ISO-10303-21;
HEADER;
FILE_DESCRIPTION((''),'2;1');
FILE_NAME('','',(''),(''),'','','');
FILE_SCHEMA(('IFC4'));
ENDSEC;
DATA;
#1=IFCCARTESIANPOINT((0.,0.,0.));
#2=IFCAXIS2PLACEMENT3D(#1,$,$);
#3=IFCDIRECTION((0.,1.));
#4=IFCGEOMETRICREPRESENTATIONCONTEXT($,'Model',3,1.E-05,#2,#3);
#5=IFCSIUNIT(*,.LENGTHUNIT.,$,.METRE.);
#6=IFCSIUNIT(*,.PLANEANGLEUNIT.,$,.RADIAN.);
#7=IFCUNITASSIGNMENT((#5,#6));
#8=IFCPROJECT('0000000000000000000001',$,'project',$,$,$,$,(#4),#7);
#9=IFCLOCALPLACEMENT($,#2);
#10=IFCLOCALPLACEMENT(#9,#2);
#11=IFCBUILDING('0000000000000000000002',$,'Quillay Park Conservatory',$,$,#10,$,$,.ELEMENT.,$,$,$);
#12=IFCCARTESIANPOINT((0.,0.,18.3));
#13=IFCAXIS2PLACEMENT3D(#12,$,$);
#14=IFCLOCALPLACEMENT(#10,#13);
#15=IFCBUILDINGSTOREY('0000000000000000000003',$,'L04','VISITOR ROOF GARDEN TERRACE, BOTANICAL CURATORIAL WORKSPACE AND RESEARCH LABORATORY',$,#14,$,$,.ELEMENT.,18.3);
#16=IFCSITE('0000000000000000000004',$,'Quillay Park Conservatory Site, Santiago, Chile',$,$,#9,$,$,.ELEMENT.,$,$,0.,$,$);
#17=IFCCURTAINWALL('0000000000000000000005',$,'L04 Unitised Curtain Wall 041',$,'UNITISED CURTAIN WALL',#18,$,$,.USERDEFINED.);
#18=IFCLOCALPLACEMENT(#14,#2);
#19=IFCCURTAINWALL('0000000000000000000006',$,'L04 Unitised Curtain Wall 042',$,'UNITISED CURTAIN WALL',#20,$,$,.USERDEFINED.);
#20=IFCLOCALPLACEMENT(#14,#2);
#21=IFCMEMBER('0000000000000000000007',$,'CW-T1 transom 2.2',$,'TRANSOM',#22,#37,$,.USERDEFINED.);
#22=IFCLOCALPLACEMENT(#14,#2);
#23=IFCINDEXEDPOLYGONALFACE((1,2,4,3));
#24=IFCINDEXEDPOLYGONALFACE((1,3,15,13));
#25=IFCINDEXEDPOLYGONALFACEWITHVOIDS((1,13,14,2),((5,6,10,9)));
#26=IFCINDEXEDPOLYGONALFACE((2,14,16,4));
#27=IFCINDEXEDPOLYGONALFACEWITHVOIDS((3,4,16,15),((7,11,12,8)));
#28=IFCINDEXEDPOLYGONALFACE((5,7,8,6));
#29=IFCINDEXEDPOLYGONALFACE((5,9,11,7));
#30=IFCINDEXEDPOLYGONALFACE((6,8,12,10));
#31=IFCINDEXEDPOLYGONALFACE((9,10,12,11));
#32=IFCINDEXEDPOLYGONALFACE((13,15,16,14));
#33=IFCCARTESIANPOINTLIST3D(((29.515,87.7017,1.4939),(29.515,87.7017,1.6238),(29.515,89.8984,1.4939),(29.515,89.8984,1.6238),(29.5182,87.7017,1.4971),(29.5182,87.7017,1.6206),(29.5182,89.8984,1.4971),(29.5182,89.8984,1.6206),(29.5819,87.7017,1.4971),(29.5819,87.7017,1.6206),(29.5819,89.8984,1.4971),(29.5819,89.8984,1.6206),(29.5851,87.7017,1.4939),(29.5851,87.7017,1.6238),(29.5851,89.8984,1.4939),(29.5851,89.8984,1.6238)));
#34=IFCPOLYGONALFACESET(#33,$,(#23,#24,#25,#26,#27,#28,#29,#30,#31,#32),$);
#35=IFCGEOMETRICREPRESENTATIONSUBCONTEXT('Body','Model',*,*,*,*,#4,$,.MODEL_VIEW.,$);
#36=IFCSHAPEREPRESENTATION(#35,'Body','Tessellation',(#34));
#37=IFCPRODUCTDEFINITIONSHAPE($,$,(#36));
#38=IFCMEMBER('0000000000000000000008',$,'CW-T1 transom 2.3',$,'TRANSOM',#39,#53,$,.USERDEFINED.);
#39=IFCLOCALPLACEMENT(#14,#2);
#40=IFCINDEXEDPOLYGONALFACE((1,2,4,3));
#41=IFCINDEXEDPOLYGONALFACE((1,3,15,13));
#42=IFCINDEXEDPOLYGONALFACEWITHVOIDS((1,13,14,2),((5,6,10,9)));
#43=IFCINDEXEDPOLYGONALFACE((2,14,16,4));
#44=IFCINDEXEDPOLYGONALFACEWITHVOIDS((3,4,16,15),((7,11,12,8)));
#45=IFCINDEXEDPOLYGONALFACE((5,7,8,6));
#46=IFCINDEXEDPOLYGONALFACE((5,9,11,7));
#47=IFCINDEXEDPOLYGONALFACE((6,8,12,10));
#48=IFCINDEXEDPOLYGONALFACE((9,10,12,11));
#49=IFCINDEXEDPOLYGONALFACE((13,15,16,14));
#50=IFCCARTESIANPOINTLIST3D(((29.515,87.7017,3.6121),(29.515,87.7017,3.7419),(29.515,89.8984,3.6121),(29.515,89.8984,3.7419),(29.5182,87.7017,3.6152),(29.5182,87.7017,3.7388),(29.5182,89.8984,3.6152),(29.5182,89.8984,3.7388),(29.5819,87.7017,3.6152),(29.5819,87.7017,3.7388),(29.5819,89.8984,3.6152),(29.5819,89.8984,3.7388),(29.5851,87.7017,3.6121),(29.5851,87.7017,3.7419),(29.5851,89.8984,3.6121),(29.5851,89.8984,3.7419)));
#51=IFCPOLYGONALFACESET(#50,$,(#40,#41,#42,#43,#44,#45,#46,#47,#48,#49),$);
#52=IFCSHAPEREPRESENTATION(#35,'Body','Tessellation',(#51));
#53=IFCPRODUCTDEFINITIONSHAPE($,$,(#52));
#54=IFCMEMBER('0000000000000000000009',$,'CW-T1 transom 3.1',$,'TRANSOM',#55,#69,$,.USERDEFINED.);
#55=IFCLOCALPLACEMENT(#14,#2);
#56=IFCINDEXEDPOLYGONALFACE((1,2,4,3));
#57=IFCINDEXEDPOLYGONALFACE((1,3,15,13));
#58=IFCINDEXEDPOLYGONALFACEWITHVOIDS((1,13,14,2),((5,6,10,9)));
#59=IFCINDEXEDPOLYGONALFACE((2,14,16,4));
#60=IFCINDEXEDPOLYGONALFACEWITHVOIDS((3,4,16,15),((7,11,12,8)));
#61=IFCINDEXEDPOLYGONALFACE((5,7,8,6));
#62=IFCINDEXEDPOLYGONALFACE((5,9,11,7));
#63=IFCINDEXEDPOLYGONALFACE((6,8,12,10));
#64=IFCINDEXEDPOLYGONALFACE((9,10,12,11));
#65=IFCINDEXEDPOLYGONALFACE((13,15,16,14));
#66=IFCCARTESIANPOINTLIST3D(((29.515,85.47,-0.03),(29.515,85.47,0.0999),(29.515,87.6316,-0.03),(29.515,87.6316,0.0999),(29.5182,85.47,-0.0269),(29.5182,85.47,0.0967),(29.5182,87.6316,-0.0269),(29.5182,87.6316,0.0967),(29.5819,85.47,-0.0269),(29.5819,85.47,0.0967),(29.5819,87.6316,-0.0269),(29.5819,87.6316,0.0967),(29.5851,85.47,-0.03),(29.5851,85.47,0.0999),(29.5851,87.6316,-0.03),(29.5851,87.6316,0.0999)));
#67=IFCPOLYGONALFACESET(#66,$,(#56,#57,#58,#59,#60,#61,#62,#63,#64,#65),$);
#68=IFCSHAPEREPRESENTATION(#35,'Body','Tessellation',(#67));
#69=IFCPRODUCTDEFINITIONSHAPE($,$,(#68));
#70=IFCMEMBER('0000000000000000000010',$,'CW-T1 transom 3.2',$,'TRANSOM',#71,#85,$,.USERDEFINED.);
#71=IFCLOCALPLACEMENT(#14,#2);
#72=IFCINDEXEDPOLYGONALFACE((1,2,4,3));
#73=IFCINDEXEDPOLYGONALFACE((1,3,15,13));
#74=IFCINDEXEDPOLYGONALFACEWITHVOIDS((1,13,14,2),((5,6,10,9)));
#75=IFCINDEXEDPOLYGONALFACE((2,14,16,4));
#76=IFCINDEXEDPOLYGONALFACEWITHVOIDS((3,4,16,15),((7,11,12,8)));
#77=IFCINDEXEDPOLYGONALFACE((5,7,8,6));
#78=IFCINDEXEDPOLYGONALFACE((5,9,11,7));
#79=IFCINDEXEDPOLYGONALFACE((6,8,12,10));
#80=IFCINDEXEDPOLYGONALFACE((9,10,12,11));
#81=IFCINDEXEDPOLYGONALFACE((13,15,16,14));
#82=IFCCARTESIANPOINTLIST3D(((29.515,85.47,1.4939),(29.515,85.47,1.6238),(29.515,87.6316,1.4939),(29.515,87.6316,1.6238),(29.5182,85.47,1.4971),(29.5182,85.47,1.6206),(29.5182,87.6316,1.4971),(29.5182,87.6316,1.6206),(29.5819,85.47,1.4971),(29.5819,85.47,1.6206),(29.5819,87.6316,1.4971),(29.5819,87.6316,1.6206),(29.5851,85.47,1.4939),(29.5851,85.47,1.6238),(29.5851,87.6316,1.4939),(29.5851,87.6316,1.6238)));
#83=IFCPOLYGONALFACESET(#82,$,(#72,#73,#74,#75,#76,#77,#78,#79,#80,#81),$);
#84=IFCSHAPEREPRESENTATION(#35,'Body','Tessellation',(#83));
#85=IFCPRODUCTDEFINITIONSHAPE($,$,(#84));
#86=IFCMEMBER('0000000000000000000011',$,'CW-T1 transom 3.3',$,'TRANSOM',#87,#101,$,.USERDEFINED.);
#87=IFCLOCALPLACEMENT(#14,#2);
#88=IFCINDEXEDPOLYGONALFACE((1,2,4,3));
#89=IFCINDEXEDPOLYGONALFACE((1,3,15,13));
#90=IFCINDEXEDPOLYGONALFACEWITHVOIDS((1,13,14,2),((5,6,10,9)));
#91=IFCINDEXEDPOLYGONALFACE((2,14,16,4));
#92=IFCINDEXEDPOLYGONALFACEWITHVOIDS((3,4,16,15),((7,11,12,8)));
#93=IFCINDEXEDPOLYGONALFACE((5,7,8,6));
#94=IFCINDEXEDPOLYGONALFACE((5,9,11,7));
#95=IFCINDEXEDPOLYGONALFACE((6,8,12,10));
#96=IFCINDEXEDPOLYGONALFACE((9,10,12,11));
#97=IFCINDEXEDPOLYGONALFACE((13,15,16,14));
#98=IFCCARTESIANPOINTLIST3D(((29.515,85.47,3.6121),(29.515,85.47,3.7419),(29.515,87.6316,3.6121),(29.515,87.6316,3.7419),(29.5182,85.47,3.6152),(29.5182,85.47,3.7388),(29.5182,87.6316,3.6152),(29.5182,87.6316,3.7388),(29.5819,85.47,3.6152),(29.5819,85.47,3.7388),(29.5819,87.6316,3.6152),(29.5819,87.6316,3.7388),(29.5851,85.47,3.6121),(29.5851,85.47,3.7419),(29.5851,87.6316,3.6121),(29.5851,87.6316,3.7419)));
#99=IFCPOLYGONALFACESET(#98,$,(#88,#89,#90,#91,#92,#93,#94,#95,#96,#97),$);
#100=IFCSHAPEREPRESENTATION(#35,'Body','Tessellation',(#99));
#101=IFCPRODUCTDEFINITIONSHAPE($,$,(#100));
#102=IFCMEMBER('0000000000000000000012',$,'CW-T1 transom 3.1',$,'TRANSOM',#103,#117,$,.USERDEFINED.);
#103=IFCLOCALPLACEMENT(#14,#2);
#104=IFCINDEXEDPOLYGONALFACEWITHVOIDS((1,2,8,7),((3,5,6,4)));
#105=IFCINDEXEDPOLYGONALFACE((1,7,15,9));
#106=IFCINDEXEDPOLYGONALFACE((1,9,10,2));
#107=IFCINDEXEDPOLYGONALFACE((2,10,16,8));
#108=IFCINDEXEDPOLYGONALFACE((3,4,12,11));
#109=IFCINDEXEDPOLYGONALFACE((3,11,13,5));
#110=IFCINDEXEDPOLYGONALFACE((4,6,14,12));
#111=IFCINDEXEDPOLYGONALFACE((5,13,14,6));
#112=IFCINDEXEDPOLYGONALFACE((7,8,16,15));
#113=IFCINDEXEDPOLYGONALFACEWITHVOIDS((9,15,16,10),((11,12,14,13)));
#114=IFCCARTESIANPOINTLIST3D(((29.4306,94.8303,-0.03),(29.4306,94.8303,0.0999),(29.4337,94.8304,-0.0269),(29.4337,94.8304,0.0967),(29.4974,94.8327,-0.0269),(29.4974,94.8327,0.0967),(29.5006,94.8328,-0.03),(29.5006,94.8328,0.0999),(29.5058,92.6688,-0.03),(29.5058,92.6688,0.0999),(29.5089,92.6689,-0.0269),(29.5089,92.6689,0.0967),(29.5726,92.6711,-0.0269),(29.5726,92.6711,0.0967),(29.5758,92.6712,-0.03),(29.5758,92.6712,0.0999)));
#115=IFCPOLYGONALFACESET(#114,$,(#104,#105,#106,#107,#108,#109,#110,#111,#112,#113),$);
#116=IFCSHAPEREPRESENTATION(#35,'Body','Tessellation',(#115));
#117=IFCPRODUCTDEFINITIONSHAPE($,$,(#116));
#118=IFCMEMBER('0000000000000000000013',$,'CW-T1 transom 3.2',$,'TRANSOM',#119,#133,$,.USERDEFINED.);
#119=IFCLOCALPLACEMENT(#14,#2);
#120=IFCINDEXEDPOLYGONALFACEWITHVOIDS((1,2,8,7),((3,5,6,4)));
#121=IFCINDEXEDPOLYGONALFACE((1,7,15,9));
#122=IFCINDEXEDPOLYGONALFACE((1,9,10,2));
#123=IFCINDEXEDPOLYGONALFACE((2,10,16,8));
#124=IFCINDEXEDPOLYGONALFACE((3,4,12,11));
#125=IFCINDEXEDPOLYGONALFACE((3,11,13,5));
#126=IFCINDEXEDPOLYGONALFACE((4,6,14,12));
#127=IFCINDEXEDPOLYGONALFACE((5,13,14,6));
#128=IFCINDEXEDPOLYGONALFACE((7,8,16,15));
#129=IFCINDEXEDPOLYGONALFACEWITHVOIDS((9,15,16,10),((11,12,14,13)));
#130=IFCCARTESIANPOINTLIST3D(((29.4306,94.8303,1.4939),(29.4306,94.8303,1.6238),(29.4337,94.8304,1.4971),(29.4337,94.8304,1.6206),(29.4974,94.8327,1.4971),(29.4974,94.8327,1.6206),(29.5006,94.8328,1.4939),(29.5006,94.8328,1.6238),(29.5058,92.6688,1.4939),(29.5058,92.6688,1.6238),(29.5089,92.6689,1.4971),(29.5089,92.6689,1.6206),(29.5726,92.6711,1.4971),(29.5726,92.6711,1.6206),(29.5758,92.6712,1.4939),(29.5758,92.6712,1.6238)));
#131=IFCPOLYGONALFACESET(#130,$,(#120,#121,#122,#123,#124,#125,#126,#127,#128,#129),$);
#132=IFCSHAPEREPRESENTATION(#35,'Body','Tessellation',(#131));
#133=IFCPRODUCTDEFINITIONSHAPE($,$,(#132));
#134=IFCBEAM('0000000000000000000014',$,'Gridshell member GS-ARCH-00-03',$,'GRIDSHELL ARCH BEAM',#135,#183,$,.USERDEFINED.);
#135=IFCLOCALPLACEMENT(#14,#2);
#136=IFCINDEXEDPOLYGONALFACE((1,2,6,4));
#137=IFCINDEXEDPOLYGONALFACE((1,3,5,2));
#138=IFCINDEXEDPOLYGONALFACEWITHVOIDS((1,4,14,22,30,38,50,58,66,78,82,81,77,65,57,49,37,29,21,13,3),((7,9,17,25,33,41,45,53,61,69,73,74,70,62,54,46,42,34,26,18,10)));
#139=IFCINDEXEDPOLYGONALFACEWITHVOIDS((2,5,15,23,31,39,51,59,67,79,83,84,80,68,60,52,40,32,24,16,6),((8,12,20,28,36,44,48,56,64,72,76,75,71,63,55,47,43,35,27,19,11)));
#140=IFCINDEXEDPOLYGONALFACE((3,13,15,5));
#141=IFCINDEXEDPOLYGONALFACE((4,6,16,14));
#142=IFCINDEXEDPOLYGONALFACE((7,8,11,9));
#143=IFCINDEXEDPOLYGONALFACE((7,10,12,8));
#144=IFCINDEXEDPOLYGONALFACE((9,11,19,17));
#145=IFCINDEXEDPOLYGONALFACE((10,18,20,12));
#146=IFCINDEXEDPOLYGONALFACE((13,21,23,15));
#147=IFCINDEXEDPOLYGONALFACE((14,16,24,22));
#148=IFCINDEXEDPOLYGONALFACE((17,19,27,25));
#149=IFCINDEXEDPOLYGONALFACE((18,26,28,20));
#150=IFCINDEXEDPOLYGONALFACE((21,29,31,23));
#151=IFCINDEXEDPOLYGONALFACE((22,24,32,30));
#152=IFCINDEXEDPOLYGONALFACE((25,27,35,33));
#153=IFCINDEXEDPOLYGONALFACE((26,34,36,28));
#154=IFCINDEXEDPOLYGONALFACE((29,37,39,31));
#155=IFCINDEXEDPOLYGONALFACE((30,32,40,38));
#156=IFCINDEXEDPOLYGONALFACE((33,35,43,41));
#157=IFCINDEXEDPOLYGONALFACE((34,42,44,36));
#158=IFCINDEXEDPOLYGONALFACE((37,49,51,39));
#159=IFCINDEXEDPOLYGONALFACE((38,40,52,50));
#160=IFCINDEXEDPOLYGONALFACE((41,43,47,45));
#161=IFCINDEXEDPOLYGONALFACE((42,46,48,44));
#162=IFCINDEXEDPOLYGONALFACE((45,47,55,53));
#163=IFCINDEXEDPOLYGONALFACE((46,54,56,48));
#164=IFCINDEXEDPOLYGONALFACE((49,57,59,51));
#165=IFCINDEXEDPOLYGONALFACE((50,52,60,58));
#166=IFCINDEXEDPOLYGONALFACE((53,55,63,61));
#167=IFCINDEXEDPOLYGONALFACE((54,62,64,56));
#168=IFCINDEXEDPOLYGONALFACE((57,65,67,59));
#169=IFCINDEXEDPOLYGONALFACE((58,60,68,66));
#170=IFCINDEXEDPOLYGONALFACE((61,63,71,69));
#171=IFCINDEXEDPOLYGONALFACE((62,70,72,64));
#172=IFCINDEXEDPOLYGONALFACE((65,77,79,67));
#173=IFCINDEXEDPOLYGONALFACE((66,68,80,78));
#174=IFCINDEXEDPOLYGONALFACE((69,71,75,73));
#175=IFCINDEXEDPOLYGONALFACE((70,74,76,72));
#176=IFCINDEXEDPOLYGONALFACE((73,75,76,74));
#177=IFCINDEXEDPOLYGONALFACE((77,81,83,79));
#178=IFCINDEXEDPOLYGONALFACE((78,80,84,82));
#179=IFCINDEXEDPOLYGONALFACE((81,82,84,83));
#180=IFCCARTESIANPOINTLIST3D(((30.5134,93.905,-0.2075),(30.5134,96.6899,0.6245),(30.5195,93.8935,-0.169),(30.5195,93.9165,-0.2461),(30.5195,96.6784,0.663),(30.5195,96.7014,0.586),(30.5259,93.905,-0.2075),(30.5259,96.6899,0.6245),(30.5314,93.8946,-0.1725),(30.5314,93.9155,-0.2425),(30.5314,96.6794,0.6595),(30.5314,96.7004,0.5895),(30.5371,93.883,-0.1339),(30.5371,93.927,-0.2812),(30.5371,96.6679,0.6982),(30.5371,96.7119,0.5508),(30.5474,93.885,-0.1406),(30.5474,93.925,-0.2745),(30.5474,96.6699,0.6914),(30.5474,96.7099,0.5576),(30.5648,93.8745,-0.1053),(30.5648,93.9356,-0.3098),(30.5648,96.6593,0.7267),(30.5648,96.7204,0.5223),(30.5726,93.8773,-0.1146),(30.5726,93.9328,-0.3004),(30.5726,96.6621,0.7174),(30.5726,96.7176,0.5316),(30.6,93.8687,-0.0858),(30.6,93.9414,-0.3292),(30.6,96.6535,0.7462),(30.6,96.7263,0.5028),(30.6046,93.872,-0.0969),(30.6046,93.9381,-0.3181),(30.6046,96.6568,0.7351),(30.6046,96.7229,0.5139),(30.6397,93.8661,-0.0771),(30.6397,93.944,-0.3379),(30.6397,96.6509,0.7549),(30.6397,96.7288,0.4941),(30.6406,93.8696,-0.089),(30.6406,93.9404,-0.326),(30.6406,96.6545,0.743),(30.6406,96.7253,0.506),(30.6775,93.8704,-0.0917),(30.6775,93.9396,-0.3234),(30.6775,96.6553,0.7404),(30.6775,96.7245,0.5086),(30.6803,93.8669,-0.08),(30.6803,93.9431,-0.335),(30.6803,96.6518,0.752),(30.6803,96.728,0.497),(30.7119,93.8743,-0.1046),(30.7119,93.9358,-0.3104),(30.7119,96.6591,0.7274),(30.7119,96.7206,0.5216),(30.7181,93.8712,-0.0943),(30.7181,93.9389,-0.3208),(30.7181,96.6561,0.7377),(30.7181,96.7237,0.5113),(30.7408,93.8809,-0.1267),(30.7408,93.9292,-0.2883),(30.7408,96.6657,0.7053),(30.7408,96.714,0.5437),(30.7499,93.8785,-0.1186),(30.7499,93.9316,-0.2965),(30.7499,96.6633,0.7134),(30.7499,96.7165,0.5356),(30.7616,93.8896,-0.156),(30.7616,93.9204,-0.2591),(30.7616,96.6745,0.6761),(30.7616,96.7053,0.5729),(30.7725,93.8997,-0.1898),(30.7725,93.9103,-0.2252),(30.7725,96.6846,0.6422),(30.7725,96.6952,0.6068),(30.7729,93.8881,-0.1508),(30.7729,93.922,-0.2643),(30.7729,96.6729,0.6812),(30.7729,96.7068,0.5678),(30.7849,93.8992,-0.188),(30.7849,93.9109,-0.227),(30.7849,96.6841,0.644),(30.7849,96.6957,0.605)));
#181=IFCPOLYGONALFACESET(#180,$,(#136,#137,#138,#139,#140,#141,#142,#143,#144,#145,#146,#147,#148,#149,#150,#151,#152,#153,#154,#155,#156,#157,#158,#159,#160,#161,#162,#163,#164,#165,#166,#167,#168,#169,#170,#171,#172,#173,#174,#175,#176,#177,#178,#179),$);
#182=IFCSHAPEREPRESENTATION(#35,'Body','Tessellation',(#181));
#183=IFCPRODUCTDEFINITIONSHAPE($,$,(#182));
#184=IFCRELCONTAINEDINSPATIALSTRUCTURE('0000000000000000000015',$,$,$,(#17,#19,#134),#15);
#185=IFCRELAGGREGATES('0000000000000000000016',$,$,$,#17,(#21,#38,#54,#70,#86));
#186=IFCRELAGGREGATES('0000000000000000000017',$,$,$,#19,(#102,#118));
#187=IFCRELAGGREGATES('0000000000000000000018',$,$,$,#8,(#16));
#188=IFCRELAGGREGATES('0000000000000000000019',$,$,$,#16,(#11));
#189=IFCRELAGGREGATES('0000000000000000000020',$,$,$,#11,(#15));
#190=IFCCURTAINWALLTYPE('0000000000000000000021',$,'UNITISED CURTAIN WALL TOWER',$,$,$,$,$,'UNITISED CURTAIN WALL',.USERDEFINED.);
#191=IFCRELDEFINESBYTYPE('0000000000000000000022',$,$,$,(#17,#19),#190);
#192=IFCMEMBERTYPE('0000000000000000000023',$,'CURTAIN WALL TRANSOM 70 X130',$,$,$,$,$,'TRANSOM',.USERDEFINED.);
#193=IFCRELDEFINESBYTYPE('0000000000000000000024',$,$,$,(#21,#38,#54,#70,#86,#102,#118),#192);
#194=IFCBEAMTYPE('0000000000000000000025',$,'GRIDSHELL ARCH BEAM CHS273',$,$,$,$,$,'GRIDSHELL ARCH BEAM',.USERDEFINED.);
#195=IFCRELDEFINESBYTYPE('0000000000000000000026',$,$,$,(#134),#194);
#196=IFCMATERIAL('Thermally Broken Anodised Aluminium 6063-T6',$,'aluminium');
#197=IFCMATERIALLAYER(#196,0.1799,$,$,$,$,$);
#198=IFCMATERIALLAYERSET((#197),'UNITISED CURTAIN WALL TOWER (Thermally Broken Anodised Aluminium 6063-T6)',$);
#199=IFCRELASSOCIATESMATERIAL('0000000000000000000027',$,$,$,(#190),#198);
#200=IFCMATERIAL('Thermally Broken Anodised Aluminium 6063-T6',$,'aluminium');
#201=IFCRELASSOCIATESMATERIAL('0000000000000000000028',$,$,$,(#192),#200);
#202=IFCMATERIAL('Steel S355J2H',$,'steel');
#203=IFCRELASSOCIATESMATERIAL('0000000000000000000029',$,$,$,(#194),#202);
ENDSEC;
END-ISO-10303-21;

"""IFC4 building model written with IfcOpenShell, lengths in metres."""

from ifc_helpers import new_model, si_unit, direction, frame, origin, origin_2d, place, context, subcontext, project, spatial, hollow_rectangle, hollow_circle, extrude, material, layer, layer_set, material_profile, profile_set, type_object, element, aggregate, save


model = new_model("IFC4")

# Units and contexts
model_context = context("Model", 3, precision=1e-05, world=origin(), true_north=direction((0.0, 1.0)))
body_context = subcontext(model_context, "Body", "Model", "MODEL_VIEW")
ifc_project = project(units=[si_unit("LENGTHUNIT", "METRE"), si_unit("PLANEANGLEUNIT", "RADIAN")], contexts=[model_context])

# Site, building, storey
site_placement = place(None, origin())
site = spatial("IfcSite", under=ifc_project, at=site_placement, Name="Quillay Park Conservatory Site, Santiago, Chile", CompositionType="ELEMENT", RefElevation=0.0)
building_placement = place(site_placement, origin())
building = spatial("IfcBuilding", under=site, at=building_placement, Name="Quillay Park Conservatory", CompositionType="ELEMENT")
storey_placement = place(building_placement, frame((0.0, 0.0, 18.3)))
storey = spatial("IfcBuildingStorey", under=building, at=storey_placement, Name="L04", Description="VISITOR ROOF GARDEN TERRACE, BOTANICAL CURATORIAL WORKSPACE AND RESEARCH LABORATORY", CompositionType="ELEMENT", Elevation=18.3)

# Curtain wall
ifc_material_1 = material(Name="Thermally Broken Anodised Aluminium 6063-T6", Category="aluminium")
ifc_layer_1 = layer(ifc_material_1, 0.1799)
ifc_layer_set_1 = layer_set([ifc_layer_1], Name="UNITISED CURTAIN WALL TOWER (Thermally Broken Anodised Aluminium 6063-T6)")
curtain_wall_type = type_object("IfcCurtainWallType", Name="UNITISED CURTAIN WALL TOWER", ElementType="UNITISED CURTAIN WALL", PredefinedType="USERDEFINED", material=ifc_layer_set_1)
curtain_wall_1_placement = place(storey_placement, origin())
curtain_wall_1 = element("IfcCurtainWall", 1, at=curtain_wall_1_placement, inside=storey, type_object=curtain_wall_type, Name="L04 Unitised Curtain Wall 041", ObjectType="UNITISED CURTAIN WALL", PredefinedType="USERDEFINED")

# Curtain wall
curtain_wall_2_placement = place(storey_placement, origin())
curtain_wall_2 = element("IfcCurtainWall", 2, at=curtain_wall_2_placement, inside=storey, type_object=curtain_wall_type, Name="L04 Unitised Curtain Wall 042", ObjectType="UNITISED CURTAIN WALL", PredefinedType="USERDEFINED")

# Members
ifc_material_2 = material(Name="Thermally Broken Anodised Aluminium 6063-T6", Category="aluminium")
ifc_material_profile_1 = material_profile(ifc_material_2, hollow_rectangle(XDim=0.0701, YDim=0.1299, WallThickness=0.0032, at=origin_2d()), Name="AL70x130x3.2")
ifc_profile_set_1 = profile_set([ifc_material_profile_1], Name="Thermally Broken Anodised Aluminium 6063-T6")
member_type_1 = type_object("IfcMemberType", Name="CURTAIN WALL TRANSOM 70 X130", ElementType="TRANSOM", PredefinedType="USERDEFINED", material=ifc_profile_set_1)
member_1_placement = place(storey_placement, frame((29.55, 89.8984, 1.5588), z_axis=(0.0, -1.0, 0.0), x_axis=(1.0, 0.0, 0.0)))
member_1 = element("IfcMember", 3, at=member_1_placement, type_object=member_type_1, Name="CW-T1 transom 2.2", ObjectType="TRANSOM", PredefinedType="USERDEFINED", context=body_context, shape_type="SweptSolid", body=[
    extrude(hollow_rectangle(XDim=0.0701, YDim=0.1299, WallThickness=0.0032, at=origin_2d()), origin(), (0.0, 0.0, 1.0), 2.1968),
])
member_2_placement = place(storey_placement, frame((29.55, 89.8984, 3.677), z_axis=(0.0, -1.0, 0.0), x_axis=(1.0, 0.0, 0.0)))
member_2 = element("IfcMember", 4, at=member_2_placement, type_object=member_type_1, Name="CW-T1 transom 2.3", ObjectType="TRANSOM", PredefinedType="USERDEFINED", context=body_context, shape_type="SweptSolid", body=[
    extrude(hollow_rectangle(XDim=0.0701, YDim=0.1299, WallThickness=0.0032, at=origin_2d()), origin(), (0.0, 0.0, 1.0), 2.1968),
])
member_3_placement = place(storey_placement, frame((29.55, 87.6316, 0.0349), z_axis=(0.0, -1.0, 0.0), x_axis=(1.0, 0.0, 0.0)))
member_3 = element("IfcMember", 5, at=member_3_placement, type_object=member_type_1, Name="CW-T1 transom 3.1", ObjectType="TRANSOM", PredefinedType="USERDEFINED", context=body_context, shape_type="SweptSolid", body=[
    extrude(hollow_rectangle(XDim=0.0701, YDim=0.1299, WallThickness=0.0032, at=origin_2d()), origin(), (0.0, 0.0, 1.0), 2.1616),
])
member_4_placement = place(storey_placement, frame((29.55, 87.6316, 1.5588), z_axis=(0.0, -1.0, 0.0), x_axis=(1.0, 0.0, 0.0)))
member_4 = element("IfcMember", 6, at=member_4_placement, type_object=member_type_1, Name="CW-T1 transom 3.2", ObjectType="TRANSOM", PredefinedType="USERDEFINED", context=body_context, shape_type="SweptSolid", body=[
    extrude(hollow_rectangle(XDim=0.0701, YDim=0.1299, WallThickness=0.0032, at=origin_2d()), origin(), (0.0, 0.0, 1.0), 2.1616),
])
member_5_placement = place(storey_placement, frame((29.55, 87.6316, 3.677), z_axis=(0.0, -1.0, 0.0), x_axis=(1.0, 0.0, 0.0)))
member_5 = element("IfcMember", 7, at=member_5_placement, type_object=member_type_1, Name="CW-T1 transom 3.3", ObjectType="TRANSOM", PredefinedType="USERDEFINED", context=body_context, shape_type="SweptSolid", body=[
    extrude(hollow_rectangle(XDim=0.0701, YDim=0.1299, WallThickness=0.0032, at=origin_2d()), origin(), (0.0, 0.0, 1.0), 2.1616),
])
member_6_placement = place(storey_placement, frame((29.4656, 94.8315, 0.0349), z_axis=(0.034766, -0.999395, 0.0), x_axis=(0.999395, 0.034766, 0.0)))
member_6 = element("IfcMember", 8, at=member_6_placement, type_object=member_type_1, Name="CW-T1 transom 3.1", ObjectType="TRANSOM", PredefinedType="USERDEFINED", context=body_context, shape_type="SweptSolid", body=[
    extrude(hollow_rectangle(XDim=0.0701, YDim=0.1299, WallThickness=0.0032, at=origin_2d()), origin(), (0.0, 0.0, 1.0), 2.1628),
])
member_7_placement = place(storey_placement, frame((29.4656, 94.8315, 1.5588), z_axis=(0.034766, -0.999395, 0.0), x_axis=(0.999395, 0.034766, 0.0)))
member_7 = element("IfcMember", 9, at=member_7_placement, type_object=member_type_1, Name="CW-T1 transom 3.2", ObjectType="TRANSOM", PredefinedType="USERDEFINED", context=body_context, shape_type="SweptSolid", body=[
    extrude(hollow_rectangle(XDim=0.0701, YDim=0.1299, WallThickness=0.0032, at=origin_2d()), origin(), (0.0, 0.0, 1.0), 2.1628),
])

# Beam
ifc_material_3 = material(Name="Steel S355J2H", Category="steel")
ifc_material_profile_2 = material_profile(ifc_material_3, hollow_circle(Radius=0.1365, WallThickness=0.0125, at=origin_2d()), Name="CHS273x12.5")
ifc_profile_set_2 = profile_set([ifc_material_profile_2], Name="Steel S355J2H")
beam_type_1 = type_object("IfcBeamType", Name="GRIDSHELL ARCH BEAM CHS273", ElementType="GRIDSHELL ARCH BEAM", PredefinedType="USERDEFINED", material=ifc_profile_set_2)
for number, where, z_axis, x_axis, name in (
    (10, (30.6499, 93.905, -0.2075), (0.0, 0.958152, 0.286261), (-1.0, 0.0, 0.0), "Gridshell member GS-ARCH-00-03"),
):
    element("IfcBeam", number, at=place(storey_placement, frame(where, z_axis=z_axis, x_axis=x_axis)), inside=storey, type_object=beam_type_1, Name=name, ObjectType="GRIDSHELL ARCH BEAM", PredefinedType="USERDEFINED", context=body_context, shape_type="SweptSolid", body=[
        extrude(hollow_circle(Radius=0.1365, WallThickness=0.0125, at=origin_2d()), origin(), (0.0, 0.0, 1.0), 2.9065),
    ])

aggregate(curtain_wall_1, [member_1, member_2, member_3, member_4, member_5])
aggregate(curtain_wall_2, [member_6, member_7])

save(model, "model.ifc")
